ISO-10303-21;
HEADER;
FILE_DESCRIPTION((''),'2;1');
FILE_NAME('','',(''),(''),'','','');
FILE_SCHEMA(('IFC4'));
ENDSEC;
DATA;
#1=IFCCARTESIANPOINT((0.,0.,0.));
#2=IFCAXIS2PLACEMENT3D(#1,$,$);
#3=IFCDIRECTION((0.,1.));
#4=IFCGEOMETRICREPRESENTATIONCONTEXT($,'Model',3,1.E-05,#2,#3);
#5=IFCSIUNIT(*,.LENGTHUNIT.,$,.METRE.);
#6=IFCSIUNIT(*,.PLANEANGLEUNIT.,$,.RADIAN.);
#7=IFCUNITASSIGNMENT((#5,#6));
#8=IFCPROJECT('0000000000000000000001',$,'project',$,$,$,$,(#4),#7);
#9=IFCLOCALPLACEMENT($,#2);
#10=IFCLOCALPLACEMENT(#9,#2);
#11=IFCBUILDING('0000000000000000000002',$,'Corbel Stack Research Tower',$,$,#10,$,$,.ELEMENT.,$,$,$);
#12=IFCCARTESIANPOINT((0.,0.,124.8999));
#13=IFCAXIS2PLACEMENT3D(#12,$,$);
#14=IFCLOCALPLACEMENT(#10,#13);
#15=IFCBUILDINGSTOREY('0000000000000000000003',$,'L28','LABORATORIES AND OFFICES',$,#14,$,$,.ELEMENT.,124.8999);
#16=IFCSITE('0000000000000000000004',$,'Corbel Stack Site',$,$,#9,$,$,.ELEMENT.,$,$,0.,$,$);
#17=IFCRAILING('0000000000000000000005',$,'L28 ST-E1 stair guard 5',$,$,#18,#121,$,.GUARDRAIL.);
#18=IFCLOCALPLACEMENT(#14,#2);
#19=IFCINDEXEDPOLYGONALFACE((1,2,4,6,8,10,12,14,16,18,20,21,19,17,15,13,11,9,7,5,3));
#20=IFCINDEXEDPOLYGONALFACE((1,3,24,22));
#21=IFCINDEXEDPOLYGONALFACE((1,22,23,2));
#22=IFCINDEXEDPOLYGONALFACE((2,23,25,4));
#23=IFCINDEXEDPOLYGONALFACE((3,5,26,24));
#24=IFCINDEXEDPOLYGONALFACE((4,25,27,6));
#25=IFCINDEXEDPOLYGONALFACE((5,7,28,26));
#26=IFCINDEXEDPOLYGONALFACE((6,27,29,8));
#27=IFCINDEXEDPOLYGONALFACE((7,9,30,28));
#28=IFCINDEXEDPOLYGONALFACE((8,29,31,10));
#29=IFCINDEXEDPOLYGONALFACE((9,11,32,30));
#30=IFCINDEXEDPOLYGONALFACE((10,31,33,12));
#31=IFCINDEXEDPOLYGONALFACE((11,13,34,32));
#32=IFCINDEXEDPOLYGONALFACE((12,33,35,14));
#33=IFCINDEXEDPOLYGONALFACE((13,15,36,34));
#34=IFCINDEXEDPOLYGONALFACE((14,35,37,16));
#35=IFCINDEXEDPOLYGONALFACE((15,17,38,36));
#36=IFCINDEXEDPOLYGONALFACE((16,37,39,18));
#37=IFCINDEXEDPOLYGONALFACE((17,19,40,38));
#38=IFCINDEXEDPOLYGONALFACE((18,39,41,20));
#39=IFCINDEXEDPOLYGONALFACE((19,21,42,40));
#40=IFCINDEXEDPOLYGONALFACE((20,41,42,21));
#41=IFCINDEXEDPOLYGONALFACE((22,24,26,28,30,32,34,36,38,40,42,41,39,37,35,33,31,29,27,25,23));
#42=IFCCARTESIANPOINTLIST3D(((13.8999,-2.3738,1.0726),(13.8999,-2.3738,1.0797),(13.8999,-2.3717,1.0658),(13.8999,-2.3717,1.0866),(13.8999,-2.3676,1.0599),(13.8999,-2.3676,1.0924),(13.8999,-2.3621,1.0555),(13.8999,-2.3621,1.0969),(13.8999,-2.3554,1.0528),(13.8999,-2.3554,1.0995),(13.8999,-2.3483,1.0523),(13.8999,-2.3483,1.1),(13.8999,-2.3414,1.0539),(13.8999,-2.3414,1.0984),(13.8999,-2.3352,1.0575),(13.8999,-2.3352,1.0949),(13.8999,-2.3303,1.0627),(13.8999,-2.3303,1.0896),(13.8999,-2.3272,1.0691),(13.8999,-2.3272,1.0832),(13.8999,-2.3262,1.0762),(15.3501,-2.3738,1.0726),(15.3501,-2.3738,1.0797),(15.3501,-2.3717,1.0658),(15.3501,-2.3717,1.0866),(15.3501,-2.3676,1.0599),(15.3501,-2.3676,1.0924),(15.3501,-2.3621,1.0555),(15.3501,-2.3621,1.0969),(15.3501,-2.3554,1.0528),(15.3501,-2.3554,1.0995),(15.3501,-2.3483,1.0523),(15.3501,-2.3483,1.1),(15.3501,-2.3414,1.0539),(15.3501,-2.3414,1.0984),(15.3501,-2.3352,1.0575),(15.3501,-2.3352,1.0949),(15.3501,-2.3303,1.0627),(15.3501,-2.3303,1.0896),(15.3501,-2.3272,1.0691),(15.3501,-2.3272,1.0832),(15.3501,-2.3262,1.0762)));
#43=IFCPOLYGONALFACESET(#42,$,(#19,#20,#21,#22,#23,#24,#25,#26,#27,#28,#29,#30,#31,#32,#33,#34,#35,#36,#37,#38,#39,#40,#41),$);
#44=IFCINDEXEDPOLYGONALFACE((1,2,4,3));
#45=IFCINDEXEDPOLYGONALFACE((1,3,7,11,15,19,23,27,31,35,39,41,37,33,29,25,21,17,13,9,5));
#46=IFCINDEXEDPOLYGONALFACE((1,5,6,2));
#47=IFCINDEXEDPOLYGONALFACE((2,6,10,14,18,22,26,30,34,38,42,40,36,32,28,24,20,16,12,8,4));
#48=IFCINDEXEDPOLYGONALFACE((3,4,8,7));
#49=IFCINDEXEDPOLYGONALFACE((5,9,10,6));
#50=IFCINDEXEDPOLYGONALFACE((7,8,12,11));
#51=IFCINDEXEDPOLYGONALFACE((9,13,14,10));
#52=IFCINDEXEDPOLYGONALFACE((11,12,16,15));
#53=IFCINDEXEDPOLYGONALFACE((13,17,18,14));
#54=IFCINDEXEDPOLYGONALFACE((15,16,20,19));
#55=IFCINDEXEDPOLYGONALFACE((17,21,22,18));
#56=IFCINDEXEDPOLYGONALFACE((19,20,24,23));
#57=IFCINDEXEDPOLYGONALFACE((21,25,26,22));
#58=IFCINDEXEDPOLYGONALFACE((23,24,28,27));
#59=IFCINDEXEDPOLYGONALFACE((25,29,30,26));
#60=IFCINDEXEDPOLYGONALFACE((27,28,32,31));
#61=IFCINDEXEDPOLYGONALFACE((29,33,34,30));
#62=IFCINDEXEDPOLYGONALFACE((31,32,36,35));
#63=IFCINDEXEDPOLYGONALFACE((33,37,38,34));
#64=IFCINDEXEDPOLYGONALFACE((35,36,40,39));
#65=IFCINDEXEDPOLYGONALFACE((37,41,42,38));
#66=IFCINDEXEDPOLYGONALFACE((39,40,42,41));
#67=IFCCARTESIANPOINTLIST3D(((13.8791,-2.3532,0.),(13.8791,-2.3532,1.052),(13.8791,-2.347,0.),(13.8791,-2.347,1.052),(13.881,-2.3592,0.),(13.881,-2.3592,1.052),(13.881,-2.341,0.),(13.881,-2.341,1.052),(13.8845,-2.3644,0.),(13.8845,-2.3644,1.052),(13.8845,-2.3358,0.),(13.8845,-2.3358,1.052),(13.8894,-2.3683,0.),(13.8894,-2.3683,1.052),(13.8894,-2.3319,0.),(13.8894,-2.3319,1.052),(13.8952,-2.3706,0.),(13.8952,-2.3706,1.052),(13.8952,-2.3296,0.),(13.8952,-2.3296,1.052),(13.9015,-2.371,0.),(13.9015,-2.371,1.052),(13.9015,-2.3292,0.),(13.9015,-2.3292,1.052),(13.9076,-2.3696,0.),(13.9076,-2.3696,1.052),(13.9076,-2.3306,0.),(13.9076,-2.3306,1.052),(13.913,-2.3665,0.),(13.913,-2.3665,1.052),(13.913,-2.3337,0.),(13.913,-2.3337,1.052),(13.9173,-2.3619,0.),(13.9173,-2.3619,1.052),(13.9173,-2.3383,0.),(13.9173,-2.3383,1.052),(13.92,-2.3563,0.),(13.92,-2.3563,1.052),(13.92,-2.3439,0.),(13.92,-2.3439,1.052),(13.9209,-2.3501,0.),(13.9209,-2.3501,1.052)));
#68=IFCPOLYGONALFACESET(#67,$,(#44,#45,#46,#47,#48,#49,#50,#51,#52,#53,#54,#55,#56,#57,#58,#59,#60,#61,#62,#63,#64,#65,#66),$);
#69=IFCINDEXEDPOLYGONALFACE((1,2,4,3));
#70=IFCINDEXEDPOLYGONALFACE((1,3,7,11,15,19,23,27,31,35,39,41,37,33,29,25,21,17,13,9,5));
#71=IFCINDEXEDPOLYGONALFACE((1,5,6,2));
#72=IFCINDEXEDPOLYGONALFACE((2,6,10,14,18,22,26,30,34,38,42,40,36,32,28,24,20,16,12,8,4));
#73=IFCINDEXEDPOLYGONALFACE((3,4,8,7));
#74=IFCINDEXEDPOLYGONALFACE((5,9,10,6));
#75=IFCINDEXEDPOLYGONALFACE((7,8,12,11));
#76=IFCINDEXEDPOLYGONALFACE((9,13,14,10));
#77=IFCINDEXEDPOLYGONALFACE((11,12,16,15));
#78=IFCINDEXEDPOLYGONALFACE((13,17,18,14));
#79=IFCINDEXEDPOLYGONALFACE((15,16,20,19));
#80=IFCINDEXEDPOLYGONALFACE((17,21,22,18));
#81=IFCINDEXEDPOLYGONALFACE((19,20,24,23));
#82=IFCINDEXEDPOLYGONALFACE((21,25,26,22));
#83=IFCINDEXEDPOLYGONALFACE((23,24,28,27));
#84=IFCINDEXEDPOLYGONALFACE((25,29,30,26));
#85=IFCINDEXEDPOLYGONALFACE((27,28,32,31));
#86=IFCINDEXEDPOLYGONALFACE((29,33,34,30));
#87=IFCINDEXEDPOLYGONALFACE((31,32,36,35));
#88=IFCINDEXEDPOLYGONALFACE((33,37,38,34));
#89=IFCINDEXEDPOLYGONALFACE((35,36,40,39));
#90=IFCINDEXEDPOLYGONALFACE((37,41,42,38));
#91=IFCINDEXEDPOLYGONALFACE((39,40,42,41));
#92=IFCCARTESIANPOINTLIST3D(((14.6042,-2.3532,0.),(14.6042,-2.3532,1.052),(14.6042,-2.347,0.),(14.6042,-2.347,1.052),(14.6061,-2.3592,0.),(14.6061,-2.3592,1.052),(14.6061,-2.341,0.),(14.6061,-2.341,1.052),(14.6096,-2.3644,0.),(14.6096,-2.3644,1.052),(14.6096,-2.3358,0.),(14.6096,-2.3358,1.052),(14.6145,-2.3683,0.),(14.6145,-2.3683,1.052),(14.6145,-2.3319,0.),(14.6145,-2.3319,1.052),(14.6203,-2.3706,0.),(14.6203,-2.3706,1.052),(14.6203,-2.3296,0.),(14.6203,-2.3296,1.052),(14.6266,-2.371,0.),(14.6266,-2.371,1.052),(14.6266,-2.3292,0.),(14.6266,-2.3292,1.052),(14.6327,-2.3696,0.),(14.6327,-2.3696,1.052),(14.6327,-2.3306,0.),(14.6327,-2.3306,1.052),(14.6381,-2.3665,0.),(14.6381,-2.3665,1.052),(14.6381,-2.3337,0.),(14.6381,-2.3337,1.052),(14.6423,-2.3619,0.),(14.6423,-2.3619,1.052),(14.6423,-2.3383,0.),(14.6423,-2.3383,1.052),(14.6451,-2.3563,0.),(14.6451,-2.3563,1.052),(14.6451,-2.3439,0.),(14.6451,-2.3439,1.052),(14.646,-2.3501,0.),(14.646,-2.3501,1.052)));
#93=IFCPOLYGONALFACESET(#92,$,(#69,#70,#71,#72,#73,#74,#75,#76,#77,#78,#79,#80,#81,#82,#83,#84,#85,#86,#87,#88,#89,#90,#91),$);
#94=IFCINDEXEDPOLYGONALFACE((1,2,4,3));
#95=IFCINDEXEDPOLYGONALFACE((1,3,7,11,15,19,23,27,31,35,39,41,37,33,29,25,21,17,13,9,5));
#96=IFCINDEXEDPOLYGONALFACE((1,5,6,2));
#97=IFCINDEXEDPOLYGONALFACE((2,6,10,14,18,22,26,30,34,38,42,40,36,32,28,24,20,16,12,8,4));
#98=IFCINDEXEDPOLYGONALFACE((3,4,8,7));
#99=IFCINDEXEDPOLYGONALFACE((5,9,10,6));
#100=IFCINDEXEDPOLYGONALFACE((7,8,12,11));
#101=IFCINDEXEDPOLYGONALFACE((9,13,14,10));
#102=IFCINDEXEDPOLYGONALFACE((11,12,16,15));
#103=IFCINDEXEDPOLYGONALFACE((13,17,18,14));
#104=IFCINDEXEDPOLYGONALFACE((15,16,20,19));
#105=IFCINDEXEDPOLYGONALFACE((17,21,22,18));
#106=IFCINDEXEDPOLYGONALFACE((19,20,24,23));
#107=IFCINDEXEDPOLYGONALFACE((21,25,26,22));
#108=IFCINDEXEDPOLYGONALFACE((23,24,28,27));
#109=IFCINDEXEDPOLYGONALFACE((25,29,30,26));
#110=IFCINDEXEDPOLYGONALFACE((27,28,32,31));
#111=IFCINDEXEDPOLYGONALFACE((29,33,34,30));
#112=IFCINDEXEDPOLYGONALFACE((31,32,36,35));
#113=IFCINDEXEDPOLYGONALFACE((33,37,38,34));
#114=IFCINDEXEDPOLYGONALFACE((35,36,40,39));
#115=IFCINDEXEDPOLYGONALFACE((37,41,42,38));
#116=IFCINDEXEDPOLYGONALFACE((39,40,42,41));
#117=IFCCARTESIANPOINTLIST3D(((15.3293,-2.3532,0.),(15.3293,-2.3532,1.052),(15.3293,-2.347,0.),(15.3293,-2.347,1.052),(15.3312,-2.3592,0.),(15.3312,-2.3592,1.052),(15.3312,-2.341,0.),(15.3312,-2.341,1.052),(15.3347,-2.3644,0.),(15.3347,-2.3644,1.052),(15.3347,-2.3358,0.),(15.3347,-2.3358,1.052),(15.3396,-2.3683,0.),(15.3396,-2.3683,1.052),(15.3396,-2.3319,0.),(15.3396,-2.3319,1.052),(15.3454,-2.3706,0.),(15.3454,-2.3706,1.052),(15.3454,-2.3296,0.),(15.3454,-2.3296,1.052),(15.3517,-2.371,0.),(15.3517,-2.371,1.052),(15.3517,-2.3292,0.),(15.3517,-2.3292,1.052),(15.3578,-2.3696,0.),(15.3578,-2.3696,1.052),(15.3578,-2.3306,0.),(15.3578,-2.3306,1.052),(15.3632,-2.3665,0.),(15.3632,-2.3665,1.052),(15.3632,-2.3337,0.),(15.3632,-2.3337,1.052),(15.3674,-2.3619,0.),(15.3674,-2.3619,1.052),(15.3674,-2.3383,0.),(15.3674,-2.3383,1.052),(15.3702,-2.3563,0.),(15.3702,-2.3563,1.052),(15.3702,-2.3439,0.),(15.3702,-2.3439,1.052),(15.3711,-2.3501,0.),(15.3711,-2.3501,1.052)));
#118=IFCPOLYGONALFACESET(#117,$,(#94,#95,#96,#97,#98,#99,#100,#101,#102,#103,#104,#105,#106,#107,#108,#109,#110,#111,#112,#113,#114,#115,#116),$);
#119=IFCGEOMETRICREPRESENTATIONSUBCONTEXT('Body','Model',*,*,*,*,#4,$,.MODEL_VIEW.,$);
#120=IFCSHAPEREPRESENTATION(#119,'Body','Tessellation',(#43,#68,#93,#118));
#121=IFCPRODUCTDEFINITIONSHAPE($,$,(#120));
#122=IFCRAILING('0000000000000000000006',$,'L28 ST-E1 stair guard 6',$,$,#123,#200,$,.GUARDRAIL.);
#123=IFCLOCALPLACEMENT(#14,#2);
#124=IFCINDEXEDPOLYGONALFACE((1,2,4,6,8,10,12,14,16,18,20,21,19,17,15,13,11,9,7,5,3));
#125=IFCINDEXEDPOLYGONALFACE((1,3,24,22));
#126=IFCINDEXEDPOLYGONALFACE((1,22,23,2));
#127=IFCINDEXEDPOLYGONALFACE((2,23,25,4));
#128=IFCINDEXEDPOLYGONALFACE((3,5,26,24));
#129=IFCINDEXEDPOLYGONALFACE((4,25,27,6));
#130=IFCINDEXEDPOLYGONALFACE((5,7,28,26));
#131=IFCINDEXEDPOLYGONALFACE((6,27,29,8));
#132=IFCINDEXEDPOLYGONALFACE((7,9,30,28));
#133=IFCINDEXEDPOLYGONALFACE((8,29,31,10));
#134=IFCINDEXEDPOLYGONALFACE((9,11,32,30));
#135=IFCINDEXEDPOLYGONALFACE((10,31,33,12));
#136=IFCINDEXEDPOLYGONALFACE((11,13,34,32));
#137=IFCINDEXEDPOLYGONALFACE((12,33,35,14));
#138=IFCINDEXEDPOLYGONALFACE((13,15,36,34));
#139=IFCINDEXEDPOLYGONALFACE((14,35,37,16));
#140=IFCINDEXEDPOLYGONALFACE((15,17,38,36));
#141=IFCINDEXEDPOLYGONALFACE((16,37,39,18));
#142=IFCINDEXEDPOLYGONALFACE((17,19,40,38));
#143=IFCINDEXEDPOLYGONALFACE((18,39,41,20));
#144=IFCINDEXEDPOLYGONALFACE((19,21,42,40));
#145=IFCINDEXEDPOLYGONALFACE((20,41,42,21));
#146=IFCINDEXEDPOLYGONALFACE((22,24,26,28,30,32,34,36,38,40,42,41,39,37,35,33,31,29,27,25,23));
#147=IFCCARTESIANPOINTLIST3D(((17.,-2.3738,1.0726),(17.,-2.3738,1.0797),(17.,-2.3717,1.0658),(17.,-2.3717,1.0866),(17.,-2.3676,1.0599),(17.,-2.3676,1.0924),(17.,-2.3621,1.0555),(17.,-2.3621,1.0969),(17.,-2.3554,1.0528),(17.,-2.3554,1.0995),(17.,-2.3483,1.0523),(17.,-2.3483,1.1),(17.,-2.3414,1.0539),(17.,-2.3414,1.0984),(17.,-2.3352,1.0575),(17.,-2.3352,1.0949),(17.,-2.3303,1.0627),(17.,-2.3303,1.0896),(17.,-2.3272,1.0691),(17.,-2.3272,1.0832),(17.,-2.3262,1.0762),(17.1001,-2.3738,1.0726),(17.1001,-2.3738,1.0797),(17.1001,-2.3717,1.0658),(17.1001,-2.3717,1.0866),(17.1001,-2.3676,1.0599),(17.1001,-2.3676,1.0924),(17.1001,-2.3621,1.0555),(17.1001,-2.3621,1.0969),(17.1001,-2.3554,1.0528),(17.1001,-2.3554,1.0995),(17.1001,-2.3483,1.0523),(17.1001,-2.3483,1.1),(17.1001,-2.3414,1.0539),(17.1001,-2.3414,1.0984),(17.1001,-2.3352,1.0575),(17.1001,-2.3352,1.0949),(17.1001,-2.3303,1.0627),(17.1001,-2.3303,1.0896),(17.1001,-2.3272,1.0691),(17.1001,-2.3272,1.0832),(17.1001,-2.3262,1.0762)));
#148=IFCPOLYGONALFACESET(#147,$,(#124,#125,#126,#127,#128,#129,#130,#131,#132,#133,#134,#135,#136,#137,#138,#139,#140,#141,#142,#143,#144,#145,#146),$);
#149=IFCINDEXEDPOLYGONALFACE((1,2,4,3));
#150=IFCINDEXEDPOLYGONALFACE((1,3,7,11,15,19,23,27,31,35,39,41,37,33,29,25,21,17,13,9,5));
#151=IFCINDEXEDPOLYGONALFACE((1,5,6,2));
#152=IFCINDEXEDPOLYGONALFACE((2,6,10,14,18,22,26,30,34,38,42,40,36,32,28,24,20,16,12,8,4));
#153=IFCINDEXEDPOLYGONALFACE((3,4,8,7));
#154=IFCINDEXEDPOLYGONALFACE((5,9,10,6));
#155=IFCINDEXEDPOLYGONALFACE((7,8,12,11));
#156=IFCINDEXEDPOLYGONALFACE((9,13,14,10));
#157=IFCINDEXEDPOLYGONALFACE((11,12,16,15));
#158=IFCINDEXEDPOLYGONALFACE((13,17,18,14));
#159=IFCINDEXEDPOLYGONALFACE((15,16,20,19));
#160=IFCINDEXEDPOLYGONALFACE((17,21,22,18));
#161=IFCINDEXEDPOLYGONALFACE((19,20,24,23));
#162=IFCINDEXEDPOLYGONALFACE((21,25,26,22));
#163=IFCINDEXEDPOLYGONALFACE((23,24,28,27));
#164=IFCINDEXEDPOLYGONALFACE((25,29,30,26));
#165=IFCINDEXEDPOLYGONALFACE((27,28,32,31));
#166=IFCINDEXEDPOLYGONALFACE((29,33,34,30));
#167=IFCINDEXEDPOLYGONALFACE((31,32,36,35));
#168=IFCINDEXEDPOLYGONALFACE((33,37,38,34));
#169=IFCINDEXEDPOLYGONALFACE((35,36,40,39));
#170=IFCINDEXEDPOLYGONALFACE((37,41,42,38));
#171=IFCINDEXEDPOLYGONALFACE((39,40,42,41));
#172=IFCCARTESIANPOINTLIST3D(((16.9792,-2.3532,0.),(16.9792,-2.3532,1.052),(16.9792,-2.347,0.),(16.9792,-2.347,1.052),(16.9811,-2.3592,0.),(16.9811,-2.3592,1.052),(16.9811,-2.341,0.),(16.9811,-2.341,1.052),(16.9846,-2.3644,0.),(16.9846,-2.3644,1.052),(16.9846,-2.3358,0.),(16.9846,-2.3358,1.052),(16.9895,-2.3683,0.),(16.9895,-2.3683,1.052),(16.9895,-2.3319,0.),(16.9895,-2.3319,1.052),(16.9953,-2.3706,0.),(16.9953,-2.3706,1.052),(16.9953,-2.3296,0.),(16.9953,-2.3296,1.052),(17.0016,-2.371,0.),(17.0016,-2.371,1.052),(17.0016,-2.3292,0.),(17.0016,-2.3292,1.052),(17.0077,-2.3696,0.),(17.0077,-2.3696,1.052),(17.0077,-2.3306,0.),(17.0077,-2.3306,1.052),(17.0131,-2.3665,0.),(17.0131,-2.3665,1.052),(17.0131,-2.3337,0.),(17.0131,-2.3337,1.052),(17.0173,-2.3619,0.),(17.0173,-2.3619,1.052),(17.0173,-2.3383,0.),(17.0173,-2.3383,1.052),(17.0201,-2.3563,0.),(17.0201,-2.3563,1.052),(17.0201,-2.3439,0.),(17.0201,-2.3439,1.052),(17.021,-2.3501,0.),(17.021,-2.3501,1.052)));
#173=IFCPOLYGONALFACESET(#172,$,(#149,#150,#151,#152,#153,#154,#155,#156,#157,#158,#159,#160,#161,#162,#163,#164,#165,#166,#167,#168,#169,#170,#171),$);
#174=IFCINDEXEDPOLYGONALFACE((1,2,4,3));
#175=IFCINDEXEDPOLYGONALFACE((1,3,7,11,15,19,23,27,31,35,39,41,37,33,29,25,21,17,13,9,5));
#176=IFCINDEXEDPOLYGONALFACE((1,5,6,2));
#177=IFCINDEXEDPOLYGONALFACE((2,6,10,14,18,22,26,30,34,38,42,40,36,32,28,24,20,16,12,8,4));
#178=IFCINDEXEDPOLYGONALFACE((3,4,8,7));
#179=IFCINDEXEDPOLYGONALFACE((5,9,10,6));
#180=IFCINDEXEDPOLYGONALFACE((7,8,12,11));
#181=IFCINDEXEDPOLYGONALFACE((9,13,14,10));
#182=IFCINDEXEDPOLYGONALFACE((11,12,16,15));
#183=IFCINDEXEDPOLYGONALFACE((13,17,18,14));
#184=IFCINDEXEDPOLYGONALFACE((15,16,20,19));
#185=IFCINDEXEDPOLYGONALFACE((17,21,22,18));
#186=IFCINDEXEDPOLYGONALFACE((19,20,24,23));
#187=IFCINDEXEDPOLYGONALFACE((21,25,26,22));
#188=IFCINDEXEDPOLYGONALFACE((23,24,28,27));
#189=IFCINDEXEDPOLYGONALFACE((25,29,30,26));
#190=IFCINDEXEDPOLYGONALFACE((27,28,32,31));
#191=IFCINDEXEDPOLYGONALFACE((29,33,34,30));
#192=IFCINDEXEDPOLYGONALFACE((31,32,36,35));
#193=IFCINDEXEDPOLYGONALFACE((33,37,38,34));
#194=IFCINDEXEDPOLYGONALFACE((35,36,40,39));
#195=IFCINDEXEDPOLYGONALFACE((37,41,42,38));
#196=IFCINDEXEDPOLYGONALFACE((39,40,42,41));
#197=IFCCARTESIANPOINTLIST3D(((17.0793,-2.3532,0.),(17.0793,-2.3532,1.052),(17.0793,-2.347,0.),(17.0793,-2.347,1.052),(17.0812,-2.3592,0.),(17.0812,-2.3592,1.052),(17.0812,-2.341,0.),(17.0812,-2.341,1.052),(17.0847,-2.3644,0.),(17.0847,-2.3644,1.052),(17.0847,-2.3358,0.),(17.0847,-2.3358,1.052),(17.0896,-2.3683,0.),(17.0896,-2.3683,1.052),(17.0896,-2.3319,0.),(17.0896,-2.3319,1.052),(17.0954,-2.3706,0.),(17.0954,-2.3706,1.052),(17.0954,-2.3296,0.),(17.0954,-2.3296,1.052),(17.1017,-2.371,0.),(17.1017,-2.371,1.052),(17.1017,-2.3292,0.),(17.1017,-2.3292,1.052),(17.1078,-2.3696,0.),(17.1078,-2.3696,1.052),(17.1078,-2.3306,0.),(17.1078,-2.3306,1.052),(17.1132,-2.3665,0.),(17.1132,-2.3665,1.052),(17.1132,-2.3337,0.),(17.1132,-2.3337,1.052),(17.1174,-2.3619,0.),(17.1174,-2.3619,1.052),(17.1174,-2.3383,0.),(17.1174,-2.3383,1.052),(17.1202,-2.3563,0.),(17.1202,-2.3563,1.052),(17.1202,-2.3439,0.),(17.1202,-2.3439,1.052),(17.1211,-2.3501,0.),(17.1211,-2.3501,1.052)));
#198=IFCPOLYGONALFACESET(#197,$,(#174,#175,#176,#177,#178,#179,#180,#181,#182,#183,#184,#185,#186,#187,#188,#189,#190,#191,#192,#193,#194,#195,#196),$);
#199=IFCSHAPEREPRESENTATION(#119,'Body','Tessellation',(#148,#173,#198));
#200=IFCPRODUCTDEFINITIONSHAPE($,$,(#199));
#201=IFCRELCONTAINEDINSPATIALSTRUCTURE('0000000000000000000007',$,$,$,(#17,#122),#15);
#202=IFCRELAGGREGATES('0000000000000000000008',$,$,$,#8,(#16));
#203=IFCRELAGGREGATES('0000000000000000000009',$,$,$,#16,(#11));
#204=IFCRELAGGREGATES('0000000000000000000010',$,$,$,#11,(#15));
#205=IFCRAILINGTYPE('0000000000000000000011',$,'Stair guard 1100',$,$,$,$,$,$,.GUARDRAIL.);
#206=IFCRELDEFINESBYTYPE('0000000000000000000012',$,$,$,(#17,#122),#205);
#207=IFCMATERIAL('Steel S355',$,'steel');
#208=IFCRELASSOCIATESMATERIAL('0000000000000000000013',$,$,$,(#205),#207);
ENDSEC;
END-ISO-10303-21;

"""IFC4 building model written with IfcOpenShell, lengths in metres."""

from ifc_helpers import new_model, si_unit, direction, frame, origin, origin_2d, place, context, subcontext, project, spatial, circle, extrude, material, type_object, element, save


model = new_model("IFC4")

# Units and contexts
model_context = context("Model", 3, precision=1e-05, world=origin(), true_north=direction((0.0, 1.0)))
body_context = subcontext(model_context, "Body", "Model", "MODEL_VIEW")
ifc_project = project(units=[si_unit("LENGTHUNIT", "METRE"), si_unit("PLANEANGLEUNIT", "RADIAN")], contexts=[model_context])

# Site, building, storey
site_placement = place(None, origin())
site = spatial("IfcSite", under=ifc_project, at=site_placement, Name="Corbel Stack Site", CompositionType="ELEMENT", RefElevation=0.0)
building_placement = place(site_placement, origin())
building = spatial("IfcBuilding", under=site, at=building_placement, Name="Corbel Stack Research Tower", CompositionType="ELEMENT")
storey_placement = place(building_placement, frame((0.0, 0.0, 124.8999)))
storey = spatial("IfcBuildingStorey", under=building, at=storey_placement, Name="L28", Description="LABORATORIES AND OFFICES", CompositionType="ELEMENT", Elevation=124.8999)

# Railings
ifc_material_1 = material(Name="Steel S355", Category="steel")
railing_type_1 = type_object("IfcRailingType", Name="Stair guard 1100", PredefinedType="GUARDRAIL", material=ifc_material_1)
railing_1_placement = place(storey_placement, frame((13.8999, -2.3501, 0.0)))
element("IfcRailing", 1, at=railing_1_placement, inside=storey, type_object=railing_type_1, Name="L28 ST-E1 stair guard 5", PredefinedType="GUARDRAIL", context=body_context, shape_type="SweptSolid", body=[
    extrude(circle(Radius=0.0239, at=origin_2d()), frame((0.0, 0.0, 1.0762), z_axis=(1.0, 0.0, 0.0), x_axis=(0.0, 1.0, 0.0)), (0.0, 0.0, 1.0), 1.4502),
    extrude(circle(Radius=0.021, at=origin_2d()), origin(), (0.0, 0.0, 1.0), 1.052),
    extrude(circle(Radius=0.021, at=origin_2d()), frame((0.7251, 0.0, 0.0)), (0.0, 0.0, 1.0), 1.052),
    extrude(circle(Radius=0.021, at=origin_2d()), frame((1.4502, 0.0, 0.0)), (0.0, 0.0, 1.0), 1.052),
])
railing_2_placement = place(storey_placement, frame((17.0, -2.3501, 0.0)))
element("IfcRailing", 2, at=railing_2_placement, inside=storey, type_object=railing_type_1, Name="L28 ST-E1 stair guard 6", PredefinedType="GUARDRAIL", context=body_context, shape_type="SweptSolid", body=[
    extrude(circle(Radius=0.0239, at=origin_2d()), frame((0.0, 0.0, 1.0762), z_axis=(1.0, 0.0, 0.0), x_axis=(0.0, 1.0, 0.0)), (0.0, 0.0, 1.0), 0.1001),
    extrude(circle(Radius=0.021, at=origin_2d()), origin(), (0.0, 0.0, 1.0), 1.052),
    extrude(circle(Radius=0.021, at=origin_2d()), frame((0.1001, 0.0, 0.0)), (0.0, 0.0, 1.0), 1.052),
])

save(model, "model.ifc")
